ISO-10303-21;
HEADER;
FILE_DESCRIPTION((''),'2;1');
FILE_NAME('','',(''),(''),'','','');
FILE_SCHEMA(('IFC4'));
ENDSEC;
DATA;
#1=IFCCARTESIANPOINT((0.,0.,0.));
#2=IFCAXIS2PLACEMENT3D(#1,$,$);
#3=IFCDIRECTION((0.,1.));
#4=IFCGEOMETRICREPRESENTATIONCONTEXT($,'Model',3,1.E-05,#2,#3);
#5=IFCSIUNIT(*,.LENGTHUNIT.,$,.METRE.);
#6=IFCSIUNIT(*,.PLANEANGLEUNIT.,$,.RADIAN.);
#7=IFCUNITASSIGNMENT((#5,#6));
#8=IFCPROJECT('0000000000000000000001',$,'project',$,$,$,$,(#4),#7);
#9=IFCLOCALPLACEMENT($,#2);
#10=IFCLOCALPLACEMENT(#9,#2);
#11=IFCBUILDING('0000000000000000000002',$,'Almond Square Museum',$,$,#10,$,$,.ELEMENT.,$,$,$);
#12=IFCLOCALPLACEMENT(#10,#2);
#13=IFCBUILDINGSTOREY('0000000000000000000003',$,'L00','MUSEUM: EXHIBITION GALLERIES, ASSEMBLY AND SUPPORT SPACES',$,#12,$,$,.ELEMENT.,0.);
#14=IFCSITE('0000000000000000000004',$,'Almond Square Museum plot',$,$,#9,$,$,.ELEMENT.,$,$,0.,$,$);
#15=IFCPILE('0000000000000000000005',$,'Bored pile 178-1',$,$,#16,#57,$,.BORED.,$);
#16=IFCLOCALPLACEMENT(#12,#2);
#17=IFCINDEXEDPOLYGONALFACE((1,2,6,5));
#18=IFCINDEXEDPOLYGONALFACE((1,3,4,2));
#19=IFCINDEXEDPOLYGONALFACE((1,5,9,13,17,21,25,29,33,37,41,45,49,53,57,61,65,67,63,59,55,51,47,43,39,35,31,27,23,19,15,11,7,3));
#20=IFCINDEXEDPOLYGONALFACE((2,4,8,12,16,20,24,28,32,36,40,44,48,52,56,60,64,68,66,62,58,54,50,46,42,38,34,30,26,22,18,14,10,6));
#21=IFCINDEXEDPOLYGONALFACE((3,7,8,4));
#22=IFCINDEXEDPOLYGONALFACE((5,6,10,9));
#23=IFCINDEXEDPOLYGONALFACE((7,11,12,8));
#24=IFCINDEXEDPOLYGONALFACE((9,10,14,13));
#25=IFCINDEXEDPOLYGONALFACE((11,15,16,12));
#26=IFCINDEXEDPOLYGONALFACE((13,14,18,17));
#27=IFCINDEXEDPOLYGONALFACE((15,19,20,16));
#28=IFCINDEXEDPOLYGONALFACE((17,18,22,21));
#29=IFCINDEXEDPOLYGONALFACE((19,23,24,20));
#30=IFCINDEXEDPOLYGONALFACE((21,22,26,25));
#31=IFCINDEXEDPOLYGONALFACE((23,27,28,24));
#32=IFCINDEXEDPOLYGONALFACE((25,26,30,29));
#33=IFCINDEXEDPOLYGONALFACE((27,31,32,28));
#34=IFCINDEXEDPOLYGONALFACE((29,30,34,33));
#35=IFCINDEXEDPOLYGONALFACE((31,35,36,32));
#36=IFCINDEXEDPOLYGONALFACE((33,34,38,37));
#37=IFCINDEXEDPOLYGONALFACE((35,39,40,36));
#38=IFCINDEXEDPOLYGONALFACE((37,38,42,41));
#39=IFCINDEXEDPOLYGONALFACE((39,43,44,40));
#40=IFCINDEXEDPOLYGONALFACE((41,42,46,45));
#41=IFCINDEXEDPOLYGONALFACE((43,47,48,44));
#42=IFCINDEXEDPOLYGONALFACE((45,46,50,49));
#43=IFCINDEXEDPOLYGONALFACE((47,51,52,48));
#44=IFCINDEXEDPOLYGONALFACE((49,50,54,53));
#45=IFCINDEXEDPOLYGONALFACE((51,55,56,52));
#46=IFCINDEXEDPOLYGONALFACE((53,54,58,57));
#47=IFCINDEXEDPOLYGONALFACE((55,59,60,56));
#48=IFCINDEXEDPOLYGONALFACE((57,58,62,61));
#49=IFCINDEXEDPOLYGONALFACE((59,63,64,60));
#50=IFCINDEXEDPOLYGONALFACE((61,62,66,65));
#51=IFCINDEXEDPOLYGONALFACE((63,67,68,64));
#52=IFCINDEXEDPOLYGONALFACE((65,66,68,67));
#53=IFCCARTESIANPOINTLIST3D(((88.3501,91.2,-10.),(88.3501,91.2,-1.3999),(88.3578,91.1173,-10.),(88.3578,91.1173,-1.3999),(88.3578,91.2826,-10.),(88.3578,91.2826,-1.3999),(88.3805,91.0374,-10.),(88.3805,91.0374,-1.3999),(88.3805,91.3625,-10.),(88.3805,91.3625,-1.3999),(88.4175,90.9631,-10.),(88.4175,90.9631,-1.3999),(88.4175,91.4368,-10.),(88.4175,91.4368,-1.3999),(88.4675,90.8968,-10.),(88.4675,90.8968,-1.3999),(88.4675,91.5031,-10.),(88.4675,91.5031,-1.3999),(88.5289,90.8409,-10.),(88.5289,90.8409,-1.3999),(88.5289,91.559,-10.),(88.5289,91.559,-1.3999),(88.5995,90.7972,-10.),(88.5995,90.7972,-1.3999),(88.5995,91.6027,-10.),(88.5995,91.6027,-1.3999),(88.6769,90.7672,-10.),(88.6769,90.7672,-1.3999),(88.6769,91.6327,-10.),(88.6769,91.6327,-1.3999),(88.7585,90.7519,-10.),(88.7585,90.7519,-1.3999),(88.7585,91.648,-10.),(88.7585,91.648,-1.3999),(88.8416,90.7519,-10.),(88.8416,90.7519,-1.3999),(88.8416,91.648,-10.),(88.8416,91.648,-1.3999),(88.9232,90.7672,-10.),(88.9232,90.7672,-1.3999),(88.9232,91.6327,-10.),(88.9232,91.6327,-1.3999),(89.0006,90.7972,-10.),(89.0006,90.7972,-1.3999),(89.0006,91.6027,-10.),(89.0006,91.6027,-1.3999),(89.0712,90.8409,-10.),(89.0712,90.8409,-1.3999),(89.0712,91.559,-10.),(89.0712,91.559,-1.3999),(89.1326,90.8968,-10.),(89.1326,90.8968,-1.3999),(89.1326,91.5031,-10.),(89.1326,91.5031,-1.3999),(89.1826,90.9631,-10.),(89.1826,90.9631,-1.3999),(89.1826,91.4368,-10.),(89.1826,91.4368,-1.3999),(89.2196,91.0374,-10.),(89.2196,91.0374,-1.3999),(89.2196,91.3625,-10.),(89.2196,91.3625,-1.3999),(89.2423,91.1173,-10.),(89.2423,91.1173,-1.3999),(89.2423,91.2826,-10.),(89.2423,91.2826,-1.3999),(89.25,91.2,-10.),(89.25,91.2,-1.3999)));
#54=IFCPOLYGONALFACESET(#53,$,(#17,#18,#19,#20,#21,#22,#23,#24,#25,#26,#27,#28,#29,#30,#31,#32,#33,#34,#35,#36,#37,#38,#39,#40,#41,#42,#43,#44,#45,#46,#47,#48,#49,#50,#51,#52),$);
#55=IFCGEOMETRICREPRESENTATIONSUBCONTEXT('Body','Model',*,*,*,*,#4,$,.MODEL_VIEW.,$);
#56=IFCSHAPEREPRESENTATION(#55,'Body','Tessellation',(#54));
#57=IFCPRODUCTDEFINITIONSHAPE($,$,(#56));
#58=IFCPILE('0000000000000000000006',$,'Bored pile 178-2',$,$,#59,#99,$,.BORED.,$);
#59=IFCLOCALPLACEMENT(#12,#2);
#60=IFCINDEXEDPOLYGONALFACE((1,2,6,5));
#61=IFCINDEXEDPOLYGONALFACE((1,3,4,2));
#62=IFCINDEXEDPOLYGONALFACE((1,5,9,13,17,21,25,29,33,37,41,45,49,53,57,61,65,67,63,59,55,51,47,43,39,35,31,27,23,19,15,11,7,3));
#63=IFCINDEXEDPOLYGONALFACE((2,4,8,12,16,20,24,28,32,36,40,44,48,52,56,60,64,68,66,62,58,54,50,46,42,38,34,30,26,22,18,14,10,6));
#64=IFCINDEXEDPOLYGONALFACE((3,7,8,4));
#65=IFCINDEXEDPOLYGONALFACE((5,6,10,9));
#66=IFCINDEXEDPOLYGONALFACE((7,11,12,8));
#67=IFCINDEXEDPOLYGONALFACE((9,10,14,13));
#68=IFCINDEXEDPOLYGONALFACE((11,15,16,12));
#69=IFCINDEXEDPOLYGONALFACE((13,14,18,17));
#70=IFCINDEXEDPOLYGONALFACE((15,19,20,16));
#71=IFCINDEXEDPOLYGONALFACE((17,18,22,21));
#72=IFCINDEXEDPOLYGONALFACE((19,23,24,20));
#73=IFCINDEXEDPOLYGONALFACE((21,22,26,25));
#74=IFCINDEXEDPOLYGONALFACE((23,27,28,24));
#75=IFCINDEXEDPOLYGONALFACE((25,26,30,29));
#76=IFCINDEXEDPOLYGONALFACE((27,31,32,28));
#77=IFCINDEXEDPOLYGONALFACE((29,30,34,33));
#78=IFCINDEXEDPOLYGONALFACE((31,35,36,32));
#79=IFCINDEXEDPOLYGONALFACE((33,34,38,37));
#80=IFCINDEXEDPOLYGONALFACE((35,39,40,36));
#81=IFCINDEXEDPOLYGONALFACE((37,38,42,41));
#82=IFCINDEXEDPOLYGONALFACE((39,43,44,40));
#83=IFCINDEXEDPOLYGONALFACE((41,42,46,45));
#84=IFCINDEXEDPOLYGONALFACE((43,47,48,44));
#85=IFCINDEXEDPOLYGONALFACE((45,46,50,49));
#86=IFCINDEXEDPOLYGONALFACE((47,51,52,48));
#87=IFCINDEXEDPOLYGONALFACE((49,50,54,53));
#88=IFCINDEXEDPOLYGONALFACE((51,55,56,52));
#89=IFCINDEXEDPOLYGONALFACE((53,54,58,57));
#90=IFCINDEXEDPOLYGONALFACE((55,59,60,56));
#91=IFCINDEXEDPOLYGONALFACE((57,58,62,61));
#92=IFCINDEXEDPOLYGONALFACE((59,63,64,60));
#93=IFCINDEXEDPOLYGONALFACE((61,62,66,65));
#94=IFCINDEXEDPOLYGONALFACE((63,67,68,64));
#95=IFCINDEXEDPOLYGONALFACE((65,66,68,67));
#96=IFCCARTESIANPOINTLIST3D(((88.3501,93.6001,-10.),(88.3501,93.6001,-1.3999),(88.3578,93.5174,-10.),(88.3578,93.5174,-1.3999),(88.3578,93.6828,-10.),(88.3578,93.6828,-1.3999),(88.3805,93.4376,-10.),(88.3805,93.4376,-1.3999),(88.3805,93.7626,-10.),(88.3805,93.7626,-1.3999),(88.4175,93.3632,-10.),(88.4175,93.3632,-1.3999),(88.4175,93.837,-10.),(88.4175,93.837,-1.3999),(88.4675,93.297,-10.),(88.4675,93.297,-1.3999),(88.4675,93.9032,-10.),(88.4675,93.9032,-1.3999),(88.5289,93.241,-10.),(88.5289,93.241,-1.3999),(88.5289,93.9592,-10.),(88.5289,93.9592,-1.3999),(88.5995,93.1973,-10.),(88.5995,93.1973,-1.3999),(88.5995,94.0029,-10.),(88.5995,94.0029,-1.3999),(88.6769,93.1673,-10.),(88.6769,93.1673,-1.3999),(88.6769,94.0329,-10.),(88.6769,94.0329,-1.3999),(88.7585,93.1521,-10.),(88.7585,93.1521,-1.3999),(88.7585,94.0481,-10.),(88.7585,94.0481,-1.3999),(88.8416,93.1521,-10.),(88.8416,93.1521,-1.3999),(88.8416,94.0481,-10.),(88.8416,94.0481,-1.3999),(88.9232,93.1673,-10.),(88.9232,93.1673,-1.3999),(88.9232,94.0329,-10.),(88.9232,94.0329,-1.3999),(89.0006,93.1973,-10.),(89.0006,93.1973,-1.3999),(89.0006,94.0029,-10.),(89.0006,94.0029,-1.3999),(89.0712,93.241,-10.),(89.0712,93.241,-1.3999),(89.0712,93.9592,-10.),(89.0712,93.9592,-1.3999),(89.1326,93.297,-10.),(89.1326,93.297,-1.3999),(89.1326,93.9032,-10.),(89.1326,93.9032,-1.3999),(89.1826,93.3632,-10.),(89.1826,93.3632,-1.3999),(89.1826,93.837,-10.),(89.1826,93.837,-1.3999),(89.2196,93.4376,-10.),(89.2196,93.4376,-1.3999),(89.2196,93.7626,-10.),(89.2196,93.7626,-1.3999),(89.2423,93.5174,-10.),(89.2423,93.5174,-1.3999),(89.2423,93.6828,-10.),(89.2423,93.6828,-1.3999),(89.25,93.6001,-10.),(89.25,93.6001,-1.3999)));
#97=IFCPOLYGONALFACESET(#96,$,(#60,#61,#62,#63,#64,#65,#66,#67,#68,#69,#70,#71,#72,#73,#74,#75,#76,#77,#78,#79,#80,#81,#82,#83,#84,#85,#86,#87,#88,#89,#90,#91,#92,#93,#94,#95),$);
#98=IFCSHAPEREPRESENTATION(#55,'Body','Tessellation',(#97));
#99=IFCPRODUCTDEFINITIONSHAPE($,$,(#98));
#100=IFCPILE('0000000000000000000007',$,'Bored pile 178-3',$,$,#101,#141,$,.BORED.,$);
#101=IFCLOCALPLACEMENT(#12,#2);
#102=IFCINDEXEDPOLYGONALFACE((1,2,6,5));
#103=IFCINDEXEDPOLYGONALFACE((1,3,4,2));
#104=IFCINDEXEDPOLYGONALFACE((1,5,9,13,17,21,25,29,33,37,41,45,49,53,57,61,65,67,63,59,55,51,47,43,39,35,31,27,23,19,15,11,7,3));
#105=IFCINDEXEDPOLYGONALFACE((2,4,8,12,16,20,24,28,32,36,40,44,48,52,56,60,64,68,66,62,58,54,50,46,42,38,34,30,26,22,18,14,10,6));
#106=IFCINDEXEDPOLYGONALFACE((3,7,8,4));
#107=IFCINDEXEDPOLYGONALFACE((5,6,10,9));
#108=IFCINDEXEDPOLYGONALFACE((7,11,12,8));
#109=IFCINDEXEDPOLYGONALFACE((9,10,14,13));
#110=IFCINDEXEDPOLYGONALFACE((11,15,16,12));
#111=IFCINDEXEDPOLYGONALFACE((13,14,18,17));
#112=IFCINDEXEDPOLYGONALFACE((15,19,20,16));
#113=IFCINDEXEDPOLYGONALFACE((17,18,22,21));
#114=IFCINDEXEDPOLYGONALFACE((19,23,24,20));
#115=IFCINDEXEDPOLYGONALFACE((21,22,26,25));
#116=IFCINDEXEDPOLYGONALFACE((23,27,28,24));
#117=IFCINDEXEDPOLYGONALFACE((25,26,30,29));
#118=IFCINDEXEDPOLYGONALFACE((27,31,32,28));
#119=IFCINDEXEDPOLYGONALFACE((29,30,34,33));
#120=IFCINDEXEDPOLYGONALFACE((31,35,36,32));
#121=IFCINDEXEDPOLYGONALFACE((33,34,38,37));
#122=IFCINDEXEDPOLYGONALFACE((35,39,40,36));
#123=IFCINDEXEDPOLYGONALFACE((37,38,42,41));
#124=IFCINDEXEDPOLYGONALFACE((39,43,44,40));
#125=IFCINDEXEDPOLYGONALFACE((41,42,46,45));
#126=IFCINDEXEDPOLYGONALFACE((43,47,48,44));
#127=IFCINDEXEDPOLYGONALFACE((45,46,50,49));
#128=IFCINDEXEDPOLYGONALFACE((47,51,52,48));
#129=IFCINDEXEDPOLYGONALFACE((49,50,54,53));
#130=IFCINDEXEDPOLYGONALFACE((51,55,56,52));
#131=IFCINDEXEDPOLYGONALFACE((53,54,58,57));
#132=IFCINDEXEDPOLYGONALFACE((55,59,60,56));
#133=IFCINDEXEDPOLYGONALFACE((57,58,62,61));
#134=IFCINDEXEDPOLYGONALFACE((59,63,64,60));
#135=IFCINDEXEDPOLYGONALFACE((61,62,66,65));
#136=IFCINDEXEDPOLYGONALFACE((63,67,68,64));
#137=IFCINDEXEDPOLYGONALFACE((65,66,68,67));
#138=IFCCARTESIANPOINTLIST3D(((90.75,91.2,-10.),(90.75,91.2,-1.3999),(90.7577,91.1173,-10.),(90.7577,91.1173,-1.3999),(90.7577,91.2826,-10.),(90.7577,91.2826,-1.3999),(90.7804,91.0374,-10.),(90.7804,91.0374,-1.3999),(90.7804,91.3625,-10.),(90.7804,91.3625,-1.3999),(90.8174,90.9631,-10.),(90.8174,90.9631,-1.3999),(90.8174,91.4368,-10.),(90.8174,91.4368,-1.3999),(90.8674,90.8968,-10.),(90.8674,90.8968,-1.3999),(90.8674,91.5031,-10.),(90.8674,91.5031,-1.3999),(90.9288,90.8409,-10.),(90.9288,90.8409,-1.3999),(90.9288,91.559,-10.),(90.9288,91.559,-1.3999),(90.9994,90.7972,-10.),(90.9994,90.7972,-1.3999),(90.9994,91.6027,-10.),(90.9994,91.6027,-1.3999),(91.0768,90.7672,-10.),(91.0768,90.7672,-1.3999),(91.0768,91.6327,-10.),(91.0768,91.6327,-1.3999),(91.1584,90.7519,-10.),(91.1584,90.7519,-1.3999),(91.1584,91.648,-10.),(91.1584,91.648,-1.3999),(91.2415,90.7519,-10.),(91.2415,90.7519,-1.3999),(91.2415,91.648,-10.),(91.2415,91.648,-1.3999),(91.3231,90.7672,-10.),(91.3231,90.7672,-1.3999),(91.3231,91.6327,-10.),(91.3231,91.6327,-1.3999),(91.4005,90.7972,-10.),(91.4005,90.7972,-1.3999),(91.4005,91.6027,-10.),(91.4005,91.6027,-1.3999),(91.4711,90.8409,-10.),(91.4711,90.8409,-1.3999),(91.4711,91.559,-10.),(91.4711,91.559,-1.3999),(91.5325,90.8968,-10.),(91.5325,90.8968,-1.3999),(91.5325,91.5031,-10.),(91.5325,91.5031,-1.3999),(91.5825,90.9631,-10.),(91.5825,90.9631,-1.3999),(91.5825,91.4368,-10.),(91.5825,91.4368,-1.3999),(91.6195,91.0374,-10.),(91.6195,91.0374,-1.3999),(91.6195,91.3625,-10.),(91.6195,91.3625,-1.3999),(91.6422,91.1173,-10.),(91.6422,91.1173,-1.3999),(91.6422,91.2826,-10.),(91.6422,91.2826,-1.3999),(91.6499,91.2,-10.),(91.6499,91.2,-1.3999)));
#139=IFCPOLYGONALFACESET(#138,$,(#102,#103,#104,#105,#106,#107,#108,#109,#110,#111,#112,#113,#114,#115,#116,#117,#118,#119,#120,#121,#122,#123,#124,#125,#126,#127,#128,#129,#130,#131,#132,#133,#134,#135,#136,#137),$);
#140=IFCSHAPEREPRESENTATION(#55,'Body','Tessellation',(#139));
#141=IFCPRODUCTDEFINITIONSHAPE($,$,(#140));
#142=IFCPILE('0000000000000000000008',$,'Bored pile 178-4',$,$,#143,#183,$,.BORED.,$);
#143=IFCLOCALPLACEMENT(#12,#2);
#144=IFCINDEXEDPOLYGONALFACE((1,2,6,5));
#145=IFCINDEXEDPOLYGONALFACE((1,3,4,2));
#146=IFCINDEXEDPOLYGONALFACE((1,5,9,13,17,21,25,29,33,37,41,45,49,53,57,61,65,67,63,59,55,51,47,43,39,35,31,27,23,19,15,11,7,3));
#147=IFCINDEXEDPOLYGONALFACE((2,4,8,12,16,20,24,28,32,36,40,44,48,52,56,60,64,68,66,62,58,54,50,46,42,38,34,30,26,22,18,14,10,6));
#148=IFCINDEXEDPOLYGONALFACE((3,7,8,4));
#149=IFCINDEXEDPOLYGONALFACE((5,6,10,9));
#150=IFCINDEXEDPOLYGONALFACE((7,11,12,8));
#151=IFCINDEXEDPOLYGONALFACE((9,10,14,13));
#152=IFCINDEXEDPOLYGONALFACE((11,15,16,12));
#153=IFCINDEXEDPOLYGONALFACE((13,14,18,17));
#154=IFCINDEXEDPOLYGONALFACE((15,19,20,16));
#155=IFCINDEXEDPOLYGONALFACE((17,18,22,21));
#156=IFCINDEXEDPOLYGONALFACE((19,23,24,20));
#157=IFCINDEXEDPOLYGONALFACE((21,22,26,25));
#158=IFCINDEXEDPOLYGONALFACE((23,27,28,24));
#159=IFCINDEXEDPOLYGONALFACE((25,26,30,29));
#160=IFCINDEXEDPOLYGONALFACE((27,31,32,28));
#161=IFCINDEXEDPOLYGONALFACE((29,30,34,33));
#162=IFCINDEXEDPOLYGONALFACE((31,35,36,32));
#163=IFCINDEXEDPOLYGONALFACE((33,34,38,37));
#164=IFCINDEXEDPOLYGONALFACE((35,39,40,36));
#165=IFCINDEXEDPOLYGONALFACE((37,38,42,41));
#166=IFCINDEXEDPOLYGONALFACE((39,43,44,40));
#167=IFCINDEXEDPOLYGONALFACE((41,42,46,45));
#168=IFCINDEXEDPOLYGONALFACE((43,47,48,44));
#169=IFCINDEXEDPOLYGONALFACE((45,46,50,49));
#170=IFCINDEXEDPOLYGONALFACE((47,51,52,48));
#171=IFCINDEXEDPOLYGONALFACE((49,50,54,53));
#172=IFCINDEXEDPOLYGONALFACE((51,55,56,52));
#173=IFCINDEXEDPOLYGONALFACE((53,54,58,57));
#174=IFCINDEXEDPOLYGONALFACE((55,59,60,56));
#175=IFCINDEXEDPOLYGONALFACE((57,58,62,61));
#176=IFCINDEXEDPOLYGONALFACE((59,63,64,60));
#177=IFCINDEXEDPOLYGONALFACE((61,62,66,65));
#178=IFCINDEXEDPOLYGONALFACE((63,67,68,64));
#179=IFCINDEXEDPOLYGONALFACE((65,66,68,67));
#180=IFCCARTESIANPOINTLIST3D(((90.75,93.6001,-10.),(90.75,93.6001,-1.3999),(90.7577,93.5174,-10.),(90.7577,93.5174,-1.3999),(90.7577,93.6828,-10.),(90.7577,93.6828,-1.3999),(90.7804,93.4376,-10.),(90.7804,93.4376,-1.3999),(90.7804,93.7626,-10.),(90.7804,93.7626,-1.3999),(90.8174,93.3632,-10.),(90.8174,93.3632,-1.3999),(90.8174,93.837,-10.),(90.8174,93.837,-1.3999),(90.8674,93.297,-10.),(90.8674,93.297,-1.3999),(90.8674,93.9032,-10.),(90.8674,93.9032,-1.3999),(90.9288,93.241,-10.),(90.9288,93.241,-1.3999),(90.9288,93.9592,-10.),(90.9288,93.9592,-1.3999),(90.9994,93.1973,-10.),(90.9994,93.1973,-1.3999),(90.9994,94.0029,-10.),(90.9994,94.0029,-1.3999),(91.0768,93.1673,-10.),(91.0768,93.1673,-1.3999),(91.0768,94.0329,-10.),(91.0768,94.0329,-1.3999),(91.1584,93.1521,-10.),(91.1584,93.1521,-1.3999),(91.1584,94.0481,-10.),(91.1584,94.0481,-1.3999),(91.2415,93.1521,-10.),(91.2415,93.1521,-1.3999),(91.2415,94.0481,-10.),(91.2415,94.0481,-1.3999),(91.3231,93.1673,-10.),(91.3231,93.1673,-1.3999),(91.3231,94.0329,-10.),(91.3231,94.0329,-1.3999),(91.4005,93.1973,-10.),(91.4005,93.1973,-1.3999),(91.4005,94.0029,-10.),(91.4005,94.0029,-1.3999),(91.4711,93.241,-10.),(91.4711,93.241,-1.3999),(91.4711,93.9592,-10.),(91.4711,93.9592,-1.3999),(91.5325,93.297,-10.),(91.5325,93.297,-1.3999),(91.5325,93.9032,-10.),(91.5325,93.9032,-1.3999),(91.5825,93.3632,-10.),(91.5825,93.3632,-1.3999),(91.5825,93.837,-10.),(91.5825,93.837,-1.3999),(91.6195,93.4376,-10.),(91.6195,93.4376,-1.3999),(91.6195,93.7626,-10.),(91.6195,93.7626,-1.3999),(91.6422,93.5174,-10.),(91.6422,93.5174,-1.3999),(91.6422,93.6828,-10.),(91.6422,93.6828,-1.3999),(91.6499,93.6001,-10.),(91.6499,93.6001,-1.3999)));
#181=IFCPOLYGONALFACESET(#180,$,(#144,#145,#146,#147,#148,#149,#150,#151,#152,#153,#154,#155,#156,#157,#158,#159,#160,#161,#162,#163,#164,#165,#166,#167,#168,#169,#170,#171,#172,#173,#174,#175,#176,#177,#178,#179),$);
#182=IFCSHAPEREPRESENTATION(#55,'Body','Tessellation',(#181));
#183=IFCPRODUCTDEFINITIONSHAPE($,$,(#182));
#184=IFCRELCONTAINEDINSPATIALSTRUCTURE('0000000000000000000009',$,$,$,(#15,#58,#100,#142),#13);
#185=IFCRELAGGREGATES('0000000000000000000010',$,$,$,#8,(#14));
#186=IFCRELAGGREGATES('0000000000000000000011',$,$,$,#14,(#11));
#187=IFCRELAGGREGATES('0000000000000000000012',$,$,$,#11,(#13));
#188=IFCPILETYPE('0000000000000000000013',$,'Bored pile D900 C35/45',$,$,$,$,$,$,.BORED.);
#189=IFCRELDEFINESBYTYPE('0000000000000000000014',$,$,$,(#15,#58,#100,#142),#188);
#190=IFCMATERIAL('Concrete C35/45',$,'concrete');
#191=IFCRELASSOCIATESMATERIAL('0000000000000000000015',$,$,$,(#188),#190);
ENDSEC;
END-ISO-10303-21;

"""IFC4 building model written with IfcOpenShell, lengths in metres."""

from ifc_helpers import new_model, si_unit, direction, frame, origin, origin_2d, place, context, subcontext, project, spatial, circle, extrude, material, material_profile, profile_set, type_object, element, save


model = new_model("IFC4")

# Units and contexts
model_context = context("Model", 3, precision=1e-05, world=origin(), true_north=direction((0.0, 1.0)))
body_context = subcontext(model_context, "Body", "Model", "MODEL_VIEW")
ifc_project = project(units=[si_unit("LENGTHUNIT", "METRE"), si_unit("PLANEANGLEUNIT", "RADIAN")], contexts=[model_context])

# Site, building, storey
site_placement = place(None, origin())
site = spatial("IfcSite", under=ifc_project, at=site_placement, Name="Almond Square Museum plot", CompositionType="ELEMENT", RefElevation=0.0)
building_placement = place(site_placement, origin())
building = spatial("IfcBuilding", under=site, at=building_placement, Name="Almond Square Museum", CompositionType="ELEMENT")
storey_placement = place(building_placement, origin())
storey = spatial("IfcBuildingStorey", under=building, at=storey_placement, Name="L00", Description="MUSEUM: EXHIBITION GALLERIES, ASSEMBLY AND SUPPORT SPACES", CompositionType="ELEMENT", Elevation=0.0)

# Piles
ifc_material_1 = material(Name="Concrete C35/45", Category="concrete")
ifc_material_profile_1 = material_profile(ifc_material_1, circle(Radius=0.45, at=origin_2d()))
ifc_profile_set_1 = profile_set([ifc_material_profile_1], Name="Concrete C35/45")
pile_type = type_object("IfcPileType", Name="Bored pile D900 C35/45", PredefinedType="BORED", material=ifc_profile_set_1)
for number, where, z_axis, x_axis, name in (
    (1, (88.8, 91.2, -1.3999), (0.0, 0.0, -1.0), (1.0, 0.0, 0.0), "Bored pile 178-1"),
    (2, (88.8, 93.6001, -1.3999), (0.0, 0.0, -1.0), (1.0, 0.0, 0.0), "Bored pile 178-2"),
    (3, (91.2, 91.2, -1.3999), (0.0, 0.0, -1.0), (1.0, 0.0, 0.0), "Bored pile 178-3"),
    (4, (91.2, 93.6001, -1.3999), (0.0, 0.0, -1.0), (1.0, 0.0, 0.0), "Bored pile 178-4"),
):
    element("IfcPile", number, at=place(storey_placement, frame(where, z_axis=z_axis, x_axis=x_axis)), inside=storey, type_object=pile_type, Name=name, PredefinedType="BORED", context=body_context, shape_type="SweptSolid", body=[
        extrude(circle(Radius=0.45, at=origin_2d()), origin(), (0.0, 0.0, 1.0), 8.6001),
    ])

save(model, "model.ifc")
